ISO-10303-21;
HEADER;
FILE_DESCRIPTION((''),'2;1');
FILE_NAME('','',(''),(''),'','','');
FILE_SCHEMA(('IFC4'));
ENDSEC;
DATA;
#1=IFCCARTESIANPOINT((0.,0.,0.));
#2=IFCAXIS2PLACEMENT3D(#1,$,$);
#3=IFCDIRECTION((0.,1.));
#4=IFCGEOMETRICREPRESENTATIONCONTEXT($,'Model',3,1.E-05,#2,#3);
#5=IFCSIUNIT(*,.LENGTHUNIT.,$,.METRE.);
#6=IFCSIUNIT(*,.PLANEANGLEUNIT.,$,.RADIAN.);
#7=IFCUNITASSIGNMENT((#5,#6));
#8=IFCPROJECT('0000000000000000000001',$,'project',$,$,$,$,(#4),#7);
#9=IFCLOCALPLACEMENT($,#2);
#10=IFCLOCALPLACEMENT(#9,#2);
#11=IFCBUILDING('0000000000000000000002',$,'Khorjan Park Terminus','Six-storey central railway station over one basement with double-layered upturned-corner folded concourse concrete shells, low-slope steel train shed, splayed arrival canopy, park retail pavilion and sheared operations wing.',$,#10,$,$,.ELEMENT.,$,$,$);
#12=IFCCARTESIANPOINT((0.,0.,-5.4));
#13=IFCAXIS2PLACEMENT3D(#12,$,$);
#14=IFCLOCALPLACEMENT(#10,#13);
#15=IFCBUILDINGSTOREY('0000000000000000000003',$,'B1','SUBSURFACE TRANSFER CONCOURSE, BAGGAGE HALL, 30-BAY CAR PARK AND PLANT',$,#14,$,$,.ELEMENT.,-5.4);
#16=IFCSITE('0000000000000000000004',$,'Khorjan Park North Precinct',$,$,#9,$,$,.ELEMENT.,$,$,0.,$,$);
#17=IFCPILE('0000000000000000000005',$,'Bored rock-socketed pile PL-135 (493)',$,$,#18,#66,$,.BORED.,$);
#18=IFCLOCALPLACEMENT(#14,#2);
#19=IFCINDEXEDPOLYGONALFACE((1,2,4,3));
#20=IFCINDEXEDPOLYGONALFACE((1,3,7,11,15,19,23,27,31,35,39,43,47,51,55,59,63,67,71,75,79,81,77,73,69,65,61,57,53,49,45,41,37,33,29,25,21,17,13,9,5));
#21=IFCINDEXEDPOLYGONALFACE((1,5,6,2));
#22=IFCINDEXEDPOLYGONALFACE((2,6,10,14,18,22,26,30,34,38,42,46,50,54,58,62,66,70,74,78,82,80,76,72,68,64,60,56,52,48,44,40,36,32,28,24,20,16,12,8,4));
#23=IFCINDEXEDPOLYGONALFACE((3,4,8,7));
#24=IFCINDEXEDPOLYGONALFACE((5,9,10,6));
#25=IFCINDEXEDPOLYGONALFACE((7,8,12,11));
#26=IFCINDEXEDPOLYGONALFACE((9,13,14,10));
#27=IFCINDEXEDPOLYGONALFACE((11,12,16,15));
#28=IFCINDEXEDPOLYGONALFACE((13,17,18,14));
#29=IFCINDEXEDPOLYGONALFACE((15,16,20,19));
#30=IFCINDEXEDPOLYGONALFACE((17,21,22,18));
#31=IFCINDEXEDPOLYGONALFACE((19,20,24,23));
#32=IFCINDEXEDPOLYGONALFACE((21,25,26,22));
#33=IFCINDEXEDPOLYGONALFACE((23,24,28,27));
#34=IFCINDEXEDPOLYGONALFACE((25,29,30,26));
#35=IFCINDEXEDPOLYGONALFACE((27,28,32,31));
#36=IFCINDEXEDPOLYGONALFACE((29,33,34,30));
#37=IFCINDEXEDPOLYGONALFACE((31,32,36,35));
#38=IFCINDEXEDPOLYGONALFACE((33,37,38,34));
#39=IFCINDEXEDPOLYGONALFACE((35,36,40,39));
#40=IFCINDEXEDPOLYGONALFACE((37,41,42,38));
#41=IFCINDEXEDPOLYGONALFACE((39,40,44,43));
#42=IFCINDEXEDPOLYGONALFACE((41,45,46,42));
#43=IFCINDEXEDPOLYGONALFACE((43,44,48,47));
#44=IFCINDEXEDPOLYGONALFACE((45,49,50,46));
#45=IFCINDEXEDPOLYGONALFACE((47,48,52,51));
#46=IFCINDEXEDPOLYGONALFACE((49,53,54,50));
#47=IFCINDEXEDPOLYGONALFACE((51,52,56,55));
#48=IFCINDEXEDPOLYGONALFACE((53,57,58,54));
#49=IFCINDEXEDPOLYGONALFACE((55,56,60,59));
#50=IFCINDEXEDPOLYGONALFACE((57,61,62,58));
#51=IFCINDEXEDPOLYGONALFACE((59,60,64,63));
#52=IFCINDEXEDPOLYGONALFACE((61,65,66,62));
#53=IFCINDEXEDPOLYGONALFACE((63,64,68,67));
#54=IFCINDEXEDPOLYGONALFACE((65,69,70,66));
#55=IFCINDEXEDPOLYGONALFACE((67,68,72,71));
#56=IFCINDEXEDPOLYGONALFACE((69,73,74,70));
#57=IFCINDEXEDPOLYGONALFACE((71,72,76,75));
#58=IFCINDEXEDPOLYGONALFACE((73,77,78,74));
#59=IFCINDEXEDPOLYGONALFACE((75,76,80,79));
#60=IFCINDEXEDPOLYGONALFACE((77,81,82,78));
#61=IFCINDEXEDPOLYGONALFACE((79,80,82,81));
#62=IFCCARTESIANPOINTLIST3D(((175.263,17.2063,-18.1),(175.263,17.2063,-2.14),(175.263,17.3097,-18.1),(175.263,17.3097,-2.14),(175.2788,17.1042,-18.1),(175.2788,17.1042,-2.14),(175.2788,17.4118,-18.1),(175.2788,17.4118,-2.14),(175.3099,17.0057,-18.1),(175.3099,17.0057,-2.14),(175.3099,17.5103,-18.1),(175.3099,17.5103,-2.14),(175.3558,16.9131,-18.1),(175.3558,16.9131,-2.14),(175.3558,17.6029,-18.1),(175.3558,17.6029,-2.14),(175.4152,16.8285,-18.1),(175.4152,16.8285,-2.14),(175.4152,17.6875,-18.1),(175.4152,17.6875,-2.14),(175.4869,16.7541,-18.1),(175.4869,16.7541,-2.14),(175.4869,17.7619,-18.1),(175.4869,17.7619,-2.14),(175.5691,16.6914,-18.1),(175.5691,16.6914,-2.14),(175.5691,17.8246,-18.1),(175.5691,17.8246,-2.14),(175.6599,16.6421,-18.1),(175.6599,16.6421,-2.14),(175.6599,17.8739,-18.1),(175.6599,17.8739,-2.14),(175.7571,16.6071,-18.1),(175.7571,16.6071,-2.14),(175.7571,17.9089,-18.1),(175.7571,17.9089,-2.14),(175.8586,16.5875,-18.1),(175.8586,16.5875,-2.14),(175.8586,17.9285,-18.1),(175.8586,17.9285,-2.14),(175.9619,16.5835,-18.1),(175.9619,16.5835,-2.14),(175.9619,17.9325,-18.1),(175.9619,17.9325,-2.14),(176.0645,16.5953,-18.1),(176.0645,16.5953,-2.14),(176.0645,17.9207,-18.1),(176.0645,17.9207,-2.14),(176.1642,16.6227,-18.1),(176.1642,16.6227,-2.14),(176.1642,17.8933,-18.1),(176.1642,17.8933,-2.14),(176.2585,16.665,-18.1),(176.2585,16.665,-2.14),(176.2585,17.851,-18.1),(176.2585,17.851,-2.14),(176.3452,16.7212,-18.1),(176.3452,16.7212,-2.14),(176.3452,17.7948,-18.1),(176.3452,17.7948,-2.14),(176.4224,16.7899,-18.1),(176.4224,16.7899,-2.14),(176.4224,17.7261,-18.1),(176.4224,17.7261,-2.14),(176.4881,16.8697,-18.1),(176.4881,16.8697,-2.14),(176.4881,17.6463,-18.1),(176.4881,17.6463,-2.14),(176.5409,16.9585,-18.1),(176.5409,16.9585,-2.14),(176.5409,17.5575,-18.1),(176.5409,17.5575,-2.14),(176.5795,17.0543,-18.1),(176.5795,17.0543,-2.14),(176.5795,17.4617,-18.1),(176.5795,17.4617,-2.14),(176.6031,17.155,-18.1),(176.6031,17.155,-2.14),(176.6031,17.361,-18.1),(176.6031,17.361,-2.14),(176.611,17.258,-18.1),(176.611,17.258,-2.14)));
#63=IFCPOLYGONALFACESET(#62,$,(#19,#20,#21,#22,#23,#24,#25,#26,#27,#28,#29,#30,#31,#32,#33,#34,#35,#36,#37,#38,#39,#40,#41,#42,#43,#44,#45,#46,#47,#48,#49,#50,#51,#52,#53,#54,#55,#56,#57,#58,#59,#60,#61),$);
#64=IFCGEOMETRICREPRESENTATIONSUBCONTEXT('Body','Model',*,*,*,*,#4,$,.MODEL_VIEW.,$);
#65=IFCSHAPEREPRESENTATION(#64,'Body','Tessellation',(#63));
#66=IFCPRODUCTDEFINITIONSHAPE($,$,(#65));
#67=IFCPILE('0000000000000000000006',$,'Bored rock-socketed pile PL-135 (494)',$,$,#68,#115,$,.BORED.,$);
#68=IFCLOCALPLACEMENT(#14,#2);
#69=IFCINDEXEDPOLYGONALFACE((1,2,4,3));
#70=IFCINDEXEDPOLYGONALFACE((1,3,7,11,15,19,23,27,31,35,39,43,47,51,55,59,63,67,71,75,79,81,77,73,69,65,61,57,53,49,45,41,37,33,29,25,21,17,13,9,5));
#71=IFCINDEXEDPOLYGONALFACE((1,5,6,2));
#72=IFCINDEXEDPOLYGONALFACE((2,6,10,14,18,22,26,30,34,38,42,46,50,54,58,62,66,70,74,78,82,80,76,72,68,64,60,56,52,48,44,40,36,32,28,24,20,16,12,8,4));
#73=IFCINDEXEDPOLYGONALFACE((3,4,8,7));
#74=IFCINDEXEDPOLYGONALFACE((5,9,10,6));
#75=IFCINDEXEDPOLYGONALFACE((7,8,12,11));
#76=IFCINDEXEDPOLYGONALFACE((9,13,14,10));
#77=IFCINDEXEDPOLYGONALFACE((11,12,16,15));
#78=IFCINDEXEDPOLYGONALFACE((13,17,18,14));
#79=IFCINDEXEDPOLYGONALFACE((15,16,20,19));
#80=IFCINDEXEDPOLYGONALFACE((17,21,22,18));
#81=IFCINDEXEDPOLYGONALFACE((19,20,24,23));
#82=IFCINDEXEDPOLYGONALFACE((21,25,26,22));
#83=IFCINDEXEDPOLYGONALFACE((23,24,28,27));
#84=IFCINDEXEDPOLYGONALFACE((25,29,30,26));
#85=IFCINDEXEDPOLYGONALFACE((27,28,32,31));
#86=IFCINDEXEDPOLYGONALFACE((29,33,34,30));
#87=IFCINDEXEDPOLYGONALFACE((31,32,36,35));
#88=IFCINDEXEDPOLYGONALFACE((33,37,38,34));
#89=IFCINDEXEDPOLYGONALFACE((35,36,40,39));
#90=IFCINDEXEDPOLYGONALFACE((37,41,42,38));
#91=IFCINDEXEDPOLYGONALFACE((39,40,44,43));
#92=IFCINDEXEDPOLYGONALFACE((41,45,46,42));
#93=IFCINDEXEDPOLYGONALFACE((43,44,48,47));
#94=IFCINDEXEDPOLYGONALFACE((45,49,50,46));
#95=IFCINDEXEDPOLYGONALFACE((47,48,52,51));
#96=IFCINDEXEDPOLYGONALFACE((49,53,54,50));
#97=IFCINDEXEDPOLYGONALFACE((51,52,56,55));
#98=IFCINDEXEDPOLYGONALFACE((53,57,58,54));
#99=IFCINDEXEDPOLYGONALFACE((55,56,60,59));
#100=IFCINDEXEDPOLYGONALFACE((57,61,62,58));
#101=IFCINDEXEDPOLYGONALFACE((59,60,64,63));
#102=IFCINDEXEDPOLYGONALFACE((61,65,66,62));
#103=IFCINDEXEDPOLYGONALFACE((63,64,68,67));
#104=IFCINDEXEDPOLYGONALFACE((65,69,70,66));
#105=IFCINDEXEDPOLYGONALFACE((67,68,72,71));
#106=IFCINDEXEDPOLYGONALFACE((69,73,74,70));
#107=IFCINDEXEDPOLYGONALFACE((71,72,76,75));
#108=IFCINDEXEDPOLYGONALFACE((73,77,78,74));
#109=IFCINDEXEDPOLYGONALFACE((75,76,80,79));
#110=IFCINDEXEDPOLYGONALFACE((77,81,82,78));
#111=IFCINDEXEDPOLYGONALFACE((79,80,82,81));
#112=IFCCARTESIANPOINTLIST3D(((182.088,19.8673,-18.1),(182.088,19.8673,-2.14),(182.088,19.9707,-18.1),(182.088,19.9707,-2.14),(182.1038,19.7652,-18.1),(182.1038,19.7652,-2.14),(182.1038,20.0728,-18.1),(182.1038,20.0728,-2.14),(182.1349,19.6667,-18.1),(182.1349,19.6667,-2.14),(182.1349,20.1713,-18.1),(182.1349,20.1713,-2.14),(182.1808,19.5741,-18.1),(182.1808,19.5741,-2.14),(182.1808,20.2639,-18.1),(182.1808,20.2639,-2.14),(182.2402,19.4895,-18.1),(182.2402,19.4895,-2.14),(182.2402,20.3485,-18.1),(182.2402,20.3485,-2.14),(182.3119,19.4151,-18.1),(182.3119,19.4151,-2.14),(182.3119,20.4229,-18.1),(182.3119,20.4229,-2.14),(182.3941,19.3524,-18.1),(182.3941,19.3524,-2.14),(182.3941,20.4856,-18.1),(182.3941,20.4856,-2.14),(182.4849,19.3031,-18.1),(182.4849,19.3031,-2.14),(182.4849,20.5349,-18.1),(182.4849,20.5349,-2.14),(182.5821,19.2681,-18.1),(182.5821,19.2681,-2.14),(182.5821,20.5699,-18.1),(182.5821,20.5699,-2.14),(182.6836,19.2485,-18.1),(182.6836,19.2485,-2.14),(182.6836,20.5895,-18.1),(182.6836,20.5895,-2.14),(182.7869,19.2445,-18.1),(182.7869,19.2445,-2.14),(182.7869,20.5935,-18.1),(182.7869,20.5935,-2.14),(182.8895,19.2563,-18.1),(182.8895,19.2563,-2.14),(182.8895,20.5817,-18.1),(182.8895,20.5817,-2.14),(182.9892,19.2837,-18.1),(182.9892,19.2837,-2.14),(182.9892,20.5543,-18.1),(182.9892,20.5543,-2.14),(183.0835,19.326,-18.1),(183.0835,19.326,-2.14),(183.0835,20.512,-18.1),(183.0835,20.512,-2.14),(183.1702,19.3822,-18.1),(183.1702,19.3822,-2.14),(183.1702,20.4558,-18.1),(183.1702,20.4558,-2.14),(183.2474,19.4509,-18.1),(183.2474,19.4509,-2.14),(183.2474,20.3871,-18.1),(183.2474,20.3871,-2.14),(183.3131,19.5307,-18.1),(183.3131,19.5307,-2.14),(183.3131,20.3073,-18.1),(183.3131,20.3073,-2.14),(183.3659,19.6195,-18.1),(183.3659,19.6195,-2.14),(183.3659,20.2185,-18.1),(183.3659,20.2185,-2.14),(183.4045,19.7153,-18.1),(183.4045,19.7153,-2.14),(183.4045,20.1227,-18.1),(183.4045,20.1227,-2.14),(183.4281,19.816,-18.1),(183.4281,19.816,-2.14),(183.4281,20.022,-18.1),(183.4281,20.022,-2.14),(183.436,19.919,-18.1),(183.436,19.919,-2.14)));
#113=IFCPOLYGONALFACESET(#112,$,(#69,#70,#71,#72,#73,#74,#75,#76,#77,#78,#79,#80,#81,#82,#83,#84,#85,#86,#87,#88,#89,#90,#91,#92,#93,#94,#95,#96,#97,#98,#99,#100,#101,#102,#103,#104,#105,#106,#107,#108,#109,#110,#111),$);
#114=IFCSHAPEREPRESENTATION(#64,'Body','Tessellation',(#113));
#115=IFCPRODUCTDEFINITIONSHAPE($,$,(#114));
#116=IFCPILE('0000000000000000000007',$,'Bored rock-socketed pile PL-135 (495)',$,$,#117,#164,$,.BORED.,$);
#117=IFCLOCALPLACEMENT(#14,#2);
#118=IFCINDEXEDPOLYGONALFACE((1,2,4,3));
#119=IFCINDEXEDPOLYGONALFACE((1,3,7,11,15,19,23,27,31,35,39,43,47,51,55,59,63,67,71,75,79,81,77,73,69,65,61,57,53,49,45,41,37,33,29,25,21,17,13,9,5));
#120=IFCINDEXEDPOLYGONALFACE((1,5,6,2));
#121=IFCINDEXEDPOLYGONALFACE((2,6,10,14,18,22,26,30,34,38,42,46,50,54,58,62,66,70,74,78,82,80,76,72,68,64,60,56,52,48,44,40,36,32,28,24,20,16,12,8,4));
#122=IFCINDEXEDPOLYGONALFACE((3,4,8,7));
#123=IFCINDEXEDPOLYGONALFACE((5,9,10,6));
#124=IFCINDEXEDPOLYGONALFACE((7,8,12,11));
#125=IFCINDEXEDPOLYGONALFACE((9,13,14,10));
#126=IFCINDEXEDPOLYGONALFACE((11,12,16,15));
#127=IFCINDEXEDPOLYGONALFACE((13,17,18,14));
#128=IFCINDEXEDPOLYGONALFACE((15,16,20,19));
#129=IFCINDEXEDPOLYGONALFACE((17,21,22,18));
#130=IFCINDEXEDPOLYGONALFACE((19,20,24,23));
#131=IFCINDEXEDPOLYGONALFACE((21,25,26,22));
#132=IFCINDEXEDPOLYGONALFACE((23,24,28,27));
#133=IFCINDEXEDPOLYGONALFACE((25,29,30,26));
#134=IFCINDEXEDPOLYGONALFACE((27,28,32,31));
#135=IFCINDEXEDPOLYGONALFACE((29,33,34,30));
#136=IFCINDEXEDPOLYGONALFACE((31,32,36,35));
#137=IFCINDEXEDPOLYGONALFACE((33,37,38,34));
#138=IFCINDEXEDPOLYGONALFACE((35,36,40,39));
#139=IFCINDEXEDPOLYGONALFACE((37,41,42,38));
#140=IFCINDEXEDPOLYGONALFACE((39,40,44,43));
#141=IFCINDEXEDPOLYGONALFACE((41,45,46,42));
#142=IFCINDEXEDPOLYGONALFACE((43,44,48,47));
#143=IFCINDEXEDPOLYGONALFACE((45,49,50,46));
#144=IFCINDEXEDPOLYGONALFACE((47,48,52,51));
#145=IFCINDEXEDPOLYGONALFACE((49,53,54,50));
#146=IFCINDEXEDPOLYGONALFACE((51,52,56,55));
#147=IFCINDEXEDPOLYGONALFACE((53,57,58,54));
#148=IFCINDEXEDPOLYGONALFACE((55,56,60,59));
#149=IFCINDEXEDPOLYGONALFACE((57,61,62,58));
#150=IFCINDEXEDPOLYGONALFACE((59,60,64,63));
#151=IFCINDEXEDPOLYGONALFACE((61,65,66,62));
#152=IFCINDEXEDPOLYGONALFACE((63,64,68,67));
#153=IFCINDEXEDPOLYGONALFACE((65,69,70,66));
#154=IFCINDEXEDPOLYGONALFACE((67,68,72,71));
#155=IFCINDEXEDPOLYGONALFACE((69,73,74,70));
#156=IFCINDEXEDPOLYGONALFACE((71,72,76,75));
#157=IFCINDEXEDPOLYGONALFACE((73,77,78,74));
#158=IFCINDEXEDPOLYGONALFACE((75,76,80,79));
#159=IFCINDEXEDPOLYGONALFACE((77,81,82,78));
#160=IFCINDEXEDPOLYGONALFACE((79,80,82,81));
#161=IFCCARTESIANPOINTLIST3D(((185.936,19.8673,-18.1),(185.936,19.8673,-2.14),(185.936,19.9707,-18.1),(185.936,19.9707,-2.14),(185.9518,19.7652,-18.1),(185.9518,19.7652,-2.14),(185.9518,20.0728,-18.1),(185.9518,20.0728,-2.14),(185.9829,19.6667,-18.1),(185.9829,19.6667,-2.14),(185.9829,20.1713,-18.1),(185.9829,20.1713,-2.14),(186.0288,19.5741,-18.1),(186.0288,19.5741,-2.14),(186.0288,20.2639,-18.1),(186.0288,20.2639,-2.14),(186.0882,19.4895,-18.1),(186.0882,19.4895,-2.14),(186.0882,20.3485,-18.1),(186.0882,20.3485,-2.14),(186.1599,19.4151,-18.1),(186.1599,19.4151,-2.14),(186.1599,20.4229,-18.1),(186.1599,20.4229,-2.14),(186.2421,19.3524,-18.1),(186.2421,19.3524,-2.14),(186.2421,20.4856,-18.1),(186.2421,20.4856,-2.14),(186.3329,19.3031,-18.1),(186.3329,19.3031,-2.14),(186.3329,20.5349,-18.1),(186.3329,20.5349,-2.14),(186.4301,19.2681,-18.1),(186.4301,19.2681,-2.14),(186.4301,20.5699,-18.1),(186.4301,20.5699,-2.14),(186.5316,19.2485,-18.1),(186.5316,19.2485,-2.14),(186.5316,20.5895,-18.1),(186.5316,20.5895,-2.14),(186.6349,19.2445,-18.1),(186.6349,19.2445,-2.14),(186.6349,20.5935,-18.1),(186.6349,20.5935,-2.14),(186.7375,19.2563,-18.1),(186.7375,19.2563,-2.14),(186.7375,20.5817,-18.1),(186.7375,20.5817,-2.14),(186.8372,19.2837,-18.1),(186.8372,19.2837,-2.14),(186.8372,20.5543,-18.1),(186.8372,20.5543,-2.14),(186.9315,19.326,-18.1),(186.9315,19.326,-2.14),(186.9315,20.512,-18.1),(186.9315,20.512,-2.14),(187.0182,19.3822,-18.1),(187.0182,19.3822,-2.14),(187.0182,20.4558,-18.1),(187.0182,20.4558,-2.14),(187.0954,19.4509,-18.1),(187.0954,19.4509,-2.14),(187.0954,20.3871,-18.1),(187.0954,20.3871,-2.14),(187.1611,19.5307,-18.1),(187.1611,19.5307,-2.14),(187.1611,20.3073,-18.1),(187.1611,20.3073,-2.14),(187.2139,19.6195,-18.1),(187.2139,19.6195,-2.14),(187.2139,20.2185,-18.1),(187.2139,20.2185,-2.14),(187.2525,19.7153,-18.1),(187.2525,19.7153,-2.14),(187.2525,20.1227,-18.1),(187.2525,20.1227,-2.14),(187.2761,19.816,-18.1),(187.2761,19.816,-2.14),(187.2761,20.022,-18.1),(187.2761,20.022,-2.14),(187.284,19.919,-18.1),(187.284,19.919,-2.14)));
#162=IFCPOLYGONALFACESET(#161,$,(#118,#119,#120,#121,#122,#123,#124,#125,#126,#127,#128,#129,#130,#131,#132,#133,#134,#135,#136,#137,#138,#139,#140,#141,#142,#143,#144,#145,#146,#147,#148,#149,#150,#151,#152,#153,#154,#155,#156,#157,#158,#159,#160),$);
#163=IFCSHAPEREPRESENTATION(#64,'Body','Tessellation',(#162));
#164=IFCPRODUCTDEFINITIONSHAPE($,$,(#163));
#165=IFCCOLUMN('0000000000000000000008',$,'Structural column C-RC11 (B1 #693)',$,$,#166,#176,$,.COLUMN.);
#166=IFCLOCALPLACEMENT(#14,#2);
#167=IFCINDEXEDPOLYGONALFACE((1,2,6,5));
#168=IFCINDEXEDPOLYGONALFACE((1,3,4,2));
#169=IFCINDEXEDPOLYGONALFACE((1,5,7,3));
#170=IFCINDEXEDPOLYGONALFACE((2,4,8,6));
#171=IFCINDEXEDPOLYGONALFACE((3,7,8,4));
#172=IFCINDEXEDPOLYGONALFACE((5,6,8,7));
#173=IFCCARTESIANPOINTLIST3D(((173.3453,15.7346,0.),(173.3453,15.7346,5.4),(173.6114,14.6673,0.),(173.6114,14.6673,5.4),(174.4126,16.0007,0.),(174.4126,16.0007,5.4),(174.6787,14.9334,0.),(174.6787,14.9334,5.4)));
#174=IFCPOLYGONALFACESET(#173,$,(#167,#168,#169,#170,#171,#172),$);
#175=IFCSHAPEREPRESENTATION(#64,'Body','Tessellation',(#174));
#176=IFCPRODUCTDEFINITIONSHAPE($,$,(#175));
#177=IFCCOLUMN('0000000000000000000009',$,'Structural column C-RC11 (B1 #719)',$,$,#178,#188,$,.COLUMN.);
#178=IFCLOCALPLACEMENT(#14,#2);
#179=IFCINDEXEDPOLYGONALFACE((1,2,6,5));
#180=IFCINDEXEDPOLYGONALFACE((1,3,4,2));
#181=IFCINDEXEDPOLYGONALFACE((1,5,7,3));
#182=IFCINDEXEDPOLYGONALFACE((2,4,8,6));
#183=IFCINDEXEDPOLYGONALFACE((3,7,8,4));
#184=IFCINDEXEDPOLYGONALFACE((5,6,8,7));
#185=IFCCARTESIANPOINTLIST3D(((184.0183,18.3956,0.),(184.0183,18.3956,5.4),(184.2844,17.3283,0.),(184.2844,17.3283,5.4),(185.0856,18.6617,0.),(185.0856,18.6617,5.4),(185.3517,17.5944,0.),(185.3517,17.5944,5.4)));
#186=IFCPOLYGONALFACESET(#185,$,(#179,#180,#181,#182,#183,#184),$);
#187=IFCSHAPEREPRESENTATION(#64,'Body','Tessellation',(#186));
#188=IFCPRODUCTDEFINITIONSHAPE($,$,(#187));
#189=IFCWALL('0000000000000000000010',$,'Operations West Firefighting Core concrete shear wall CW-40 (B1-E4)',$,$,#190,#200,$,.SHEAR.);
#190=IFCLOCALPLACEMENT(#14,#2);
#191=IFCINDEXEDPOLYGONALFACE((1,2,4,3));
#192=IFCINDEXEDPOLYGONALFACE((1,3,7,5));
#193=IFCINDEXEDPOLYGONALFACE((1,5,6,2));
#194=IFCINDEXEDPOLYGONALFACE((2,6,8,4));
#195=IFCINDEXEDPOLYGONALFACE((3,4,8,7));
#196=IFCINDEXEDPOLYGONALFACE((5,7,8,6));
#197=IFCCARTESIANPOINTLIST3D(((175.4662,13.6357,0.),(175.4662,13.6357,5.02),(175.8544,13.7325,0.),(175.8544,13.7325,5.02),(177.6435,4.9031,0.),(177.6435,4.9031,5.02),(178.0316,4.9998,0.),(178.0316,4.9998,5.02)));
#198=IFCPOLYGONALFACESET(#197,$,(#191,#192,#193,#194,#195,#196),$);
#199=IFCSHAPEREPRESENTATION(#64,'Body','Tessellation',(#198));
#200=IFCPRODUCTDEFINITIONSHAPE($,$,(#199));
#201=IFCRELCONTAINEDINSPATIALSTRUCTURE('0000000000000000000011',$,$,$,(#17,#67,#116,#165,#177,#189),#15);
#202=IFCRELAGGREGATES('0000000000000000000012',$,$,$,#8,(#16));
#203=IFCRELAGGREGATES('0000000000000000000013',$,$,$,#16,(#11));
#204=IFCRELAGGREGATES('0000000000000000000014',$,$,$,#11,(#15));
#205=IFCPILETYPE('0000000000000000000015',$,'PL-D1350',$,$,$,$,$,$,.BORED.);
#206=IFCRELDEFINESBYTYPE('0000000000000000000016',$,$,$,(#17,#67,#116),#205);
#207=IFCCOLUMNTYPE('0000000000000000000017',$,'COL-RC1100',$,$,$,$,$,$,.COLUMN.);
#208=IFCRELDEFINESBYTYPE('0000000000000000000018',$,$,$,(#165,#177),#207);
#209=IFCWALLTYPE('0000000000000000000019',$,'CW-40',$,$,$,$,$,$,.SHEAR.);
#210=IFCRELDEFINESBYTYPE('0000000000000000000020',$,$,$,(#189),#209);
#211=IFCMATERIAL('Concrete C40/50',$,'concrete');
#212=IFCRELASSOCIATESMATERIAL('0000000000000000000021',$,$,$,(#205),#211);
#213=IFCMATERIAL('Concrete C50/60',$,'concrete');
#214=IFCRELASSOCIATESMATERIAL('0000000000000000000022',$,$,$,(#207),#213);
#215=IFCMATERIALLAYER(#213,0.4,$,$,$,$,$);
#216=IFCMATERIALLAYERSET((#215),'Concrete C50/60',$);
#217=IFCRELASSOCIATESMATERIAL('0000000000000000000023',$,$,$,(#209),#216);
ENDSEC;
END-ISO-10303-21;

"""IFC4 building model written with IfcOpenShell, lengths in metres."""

from ifc_helpers import new_model, si_unit, direction, frame, frame_2d, origin, origin_2d, place, context, subcontext, project, spatial, rectangle, circle, extrude, material, layer, layer_set, material_profile, profile_set, type_object, element, save


model = new_model("IFC4")

# Units and contexts
model_context = context("Model", 3, precision=1e-05, world=origin(), true_north=direction((0.0, 1.0)))
body_context = subcontext(model_context, "Body", "Model", "MODEL_VIEW")
ifc_project = project(units=[si_unit("LENGTHUNIT", "METRE"), si_unit("PLANEANGLEUNIT", "RADIAN")], contexts=[model_context])

# Site, building, storey
site_placement = place(None, origin())
site = spatial("IfcSite", under=ifc_project, at=site_placement, Name="Khorjan Park North Precinct", CompositionType="ELEMENT", RefElevation=0.0)
building_placement = place(site_placement, origin())
building = spatial("IfcBuilding", under=site, at=building_placement, Name="Khorjan Park Terminus", Description="Six-storey central railway station over one basement with double-layered upturned-corner folded concourse concrete shells, low-slope steel train shed, splayed arrival canopy, park retail pavilion and sheared operations wing.", CompositionType="ELEMENT")
storey_placement = place(building_placement, frame((0.0, 0.0, -5.4)))
storey = spatial("IfcBuildingStorey", under=building, at=storey_placement, Name="B1", Description="SUBSURFACE TRANSFER CONCOURSE, BAGGAGE HALL, 30-BAY CAR PARK AND PLANT", CompositionType="ELEMENT", Elevation=-5.4)

# Piles
ifc_material_1 = material(Name="Concrete C40/50", Category="concrete")
ifc_material_profile_1 = material_profile(ifc_material_1, circle(Radius=0.675, at=origin_2d()), Name="BORED D1350")
ifc_profile_set_1 = profile_set([ifc_material_profile_1], Name="Concrete C40/50")
pile_type = type_object("IfcPileType", Name="PL-D1350", PredefinedType="BORED", material=ifc_profile_set_1)
for number, where, z_axis, x_axis, name in (
    (1, (175.936, 17.258, -2.14), (0.0, 0.0, -1.0), (1.0, 0.0, 0.0), "Bored rock-socketed pile PL-135 (493)"),
    (2, (182.761, 19.919, -2.14), (0.0, 0.0, -1.0), (1.0, 0.0, 0.0), "Bored rock-socketed pile PL-135 (494)"),
    (3, (186.609, 19.919, -2.14), (0.0, 0.0, -1.0), (1.0, 0.0, 0.0), "Bored rock-socketed pile PL-135 (495)"),
):
    element("IfcPile", number, at=place(storey_placement, frame(where, z_axis=z_axis, x_axis=x_axis)), inside=storey, type_object=pile_type, Name=name, PredefinedType="BORED", context=body_context, shape_type="SweptSolid", body=[
        extrude(circle(Radius=0.675, at=origin_2d()), origin(), (0.0, 0.0, 1.0), 15.96),
    ])

# Columns
ifc_material_2 = material(Name="Concrete C50/60", Category="concrete")
ifc_material_profile_2 = material_profile(ifc_material_2, rectangle(XDim=1.1, YDim=1.1, at=origin_2d()), Name="RC 1100x1100")
ifc_profile_set_2 = profile_set([ifc_material_profile_2], Name="Concrete C50/60")
column_type = type_object("IfcColumnType", Name="COL-RC1100", PredefinedType="COLUMN", material=ifc_profile_set_2)
for number, where, z_axis, x_axis, name in (
    (4, (174.012, 15.334, 0.0), (0.0, 0.0, 1.0), (0.970296, 0.241922, 0.0), "Structural column C-RC11 (B1 #693)"),
    (5, (184.685, 17.995, 0.0), (0.0, 0.0, 1.0), (0.970296, 0.241922, 0.0), "Structural column C-RC11 (B1 #719)"),
):
    element("IfcColumn", number, at=place(storey_placement, frame(where, z_axis=z_axis, x_axis=x_axis)), inside=storey, type_object=column_type, Name=name, PredefinedType="COLUMN", context=body_context, shape_type="SweptSolid", body=[
        extrude(rectangle(XDim=1.1, YDim=1.1, at=origin_2d()), origin(), (0.0, 0.0, 1.0), 5.4),
    ])

# Wall
ifc_layer_1 = layer(ifc_material_2, 0.4)
ifc_layer_set_1 = layer_set([ifc_layer_1], Name="Concrete C50/60")
wall_type_1 = type_object("IfcWallType", Name="CW-40", PredefinedType="SHEAR", material=ifc_layer_set_1)
wall_1_placement = place(storey_placement, frame((175.6603, 13.6841, 0.0), z_axis=(0.0, 0.0, 1.0), x_axis=(0.241921, -0.970296, 0.0)))
element("IfcWall", 6, at=wall_1_placement, inside=storey, type_object=wall_type_1, Name="Operations West Firefighting Core concrete shear wall CW-40 (B1-E4)", PredefinedType="SHEAR", context=body_context, shape_type="SweptSolid", body=[
    extrude(rectangle(XDim=9.0, YDim=0.4, at=frame_2d((4.5, 0.0))), origin(), (0.0, 0.0, 1.0), 5.02),
])

save(model, "model.ifc")
